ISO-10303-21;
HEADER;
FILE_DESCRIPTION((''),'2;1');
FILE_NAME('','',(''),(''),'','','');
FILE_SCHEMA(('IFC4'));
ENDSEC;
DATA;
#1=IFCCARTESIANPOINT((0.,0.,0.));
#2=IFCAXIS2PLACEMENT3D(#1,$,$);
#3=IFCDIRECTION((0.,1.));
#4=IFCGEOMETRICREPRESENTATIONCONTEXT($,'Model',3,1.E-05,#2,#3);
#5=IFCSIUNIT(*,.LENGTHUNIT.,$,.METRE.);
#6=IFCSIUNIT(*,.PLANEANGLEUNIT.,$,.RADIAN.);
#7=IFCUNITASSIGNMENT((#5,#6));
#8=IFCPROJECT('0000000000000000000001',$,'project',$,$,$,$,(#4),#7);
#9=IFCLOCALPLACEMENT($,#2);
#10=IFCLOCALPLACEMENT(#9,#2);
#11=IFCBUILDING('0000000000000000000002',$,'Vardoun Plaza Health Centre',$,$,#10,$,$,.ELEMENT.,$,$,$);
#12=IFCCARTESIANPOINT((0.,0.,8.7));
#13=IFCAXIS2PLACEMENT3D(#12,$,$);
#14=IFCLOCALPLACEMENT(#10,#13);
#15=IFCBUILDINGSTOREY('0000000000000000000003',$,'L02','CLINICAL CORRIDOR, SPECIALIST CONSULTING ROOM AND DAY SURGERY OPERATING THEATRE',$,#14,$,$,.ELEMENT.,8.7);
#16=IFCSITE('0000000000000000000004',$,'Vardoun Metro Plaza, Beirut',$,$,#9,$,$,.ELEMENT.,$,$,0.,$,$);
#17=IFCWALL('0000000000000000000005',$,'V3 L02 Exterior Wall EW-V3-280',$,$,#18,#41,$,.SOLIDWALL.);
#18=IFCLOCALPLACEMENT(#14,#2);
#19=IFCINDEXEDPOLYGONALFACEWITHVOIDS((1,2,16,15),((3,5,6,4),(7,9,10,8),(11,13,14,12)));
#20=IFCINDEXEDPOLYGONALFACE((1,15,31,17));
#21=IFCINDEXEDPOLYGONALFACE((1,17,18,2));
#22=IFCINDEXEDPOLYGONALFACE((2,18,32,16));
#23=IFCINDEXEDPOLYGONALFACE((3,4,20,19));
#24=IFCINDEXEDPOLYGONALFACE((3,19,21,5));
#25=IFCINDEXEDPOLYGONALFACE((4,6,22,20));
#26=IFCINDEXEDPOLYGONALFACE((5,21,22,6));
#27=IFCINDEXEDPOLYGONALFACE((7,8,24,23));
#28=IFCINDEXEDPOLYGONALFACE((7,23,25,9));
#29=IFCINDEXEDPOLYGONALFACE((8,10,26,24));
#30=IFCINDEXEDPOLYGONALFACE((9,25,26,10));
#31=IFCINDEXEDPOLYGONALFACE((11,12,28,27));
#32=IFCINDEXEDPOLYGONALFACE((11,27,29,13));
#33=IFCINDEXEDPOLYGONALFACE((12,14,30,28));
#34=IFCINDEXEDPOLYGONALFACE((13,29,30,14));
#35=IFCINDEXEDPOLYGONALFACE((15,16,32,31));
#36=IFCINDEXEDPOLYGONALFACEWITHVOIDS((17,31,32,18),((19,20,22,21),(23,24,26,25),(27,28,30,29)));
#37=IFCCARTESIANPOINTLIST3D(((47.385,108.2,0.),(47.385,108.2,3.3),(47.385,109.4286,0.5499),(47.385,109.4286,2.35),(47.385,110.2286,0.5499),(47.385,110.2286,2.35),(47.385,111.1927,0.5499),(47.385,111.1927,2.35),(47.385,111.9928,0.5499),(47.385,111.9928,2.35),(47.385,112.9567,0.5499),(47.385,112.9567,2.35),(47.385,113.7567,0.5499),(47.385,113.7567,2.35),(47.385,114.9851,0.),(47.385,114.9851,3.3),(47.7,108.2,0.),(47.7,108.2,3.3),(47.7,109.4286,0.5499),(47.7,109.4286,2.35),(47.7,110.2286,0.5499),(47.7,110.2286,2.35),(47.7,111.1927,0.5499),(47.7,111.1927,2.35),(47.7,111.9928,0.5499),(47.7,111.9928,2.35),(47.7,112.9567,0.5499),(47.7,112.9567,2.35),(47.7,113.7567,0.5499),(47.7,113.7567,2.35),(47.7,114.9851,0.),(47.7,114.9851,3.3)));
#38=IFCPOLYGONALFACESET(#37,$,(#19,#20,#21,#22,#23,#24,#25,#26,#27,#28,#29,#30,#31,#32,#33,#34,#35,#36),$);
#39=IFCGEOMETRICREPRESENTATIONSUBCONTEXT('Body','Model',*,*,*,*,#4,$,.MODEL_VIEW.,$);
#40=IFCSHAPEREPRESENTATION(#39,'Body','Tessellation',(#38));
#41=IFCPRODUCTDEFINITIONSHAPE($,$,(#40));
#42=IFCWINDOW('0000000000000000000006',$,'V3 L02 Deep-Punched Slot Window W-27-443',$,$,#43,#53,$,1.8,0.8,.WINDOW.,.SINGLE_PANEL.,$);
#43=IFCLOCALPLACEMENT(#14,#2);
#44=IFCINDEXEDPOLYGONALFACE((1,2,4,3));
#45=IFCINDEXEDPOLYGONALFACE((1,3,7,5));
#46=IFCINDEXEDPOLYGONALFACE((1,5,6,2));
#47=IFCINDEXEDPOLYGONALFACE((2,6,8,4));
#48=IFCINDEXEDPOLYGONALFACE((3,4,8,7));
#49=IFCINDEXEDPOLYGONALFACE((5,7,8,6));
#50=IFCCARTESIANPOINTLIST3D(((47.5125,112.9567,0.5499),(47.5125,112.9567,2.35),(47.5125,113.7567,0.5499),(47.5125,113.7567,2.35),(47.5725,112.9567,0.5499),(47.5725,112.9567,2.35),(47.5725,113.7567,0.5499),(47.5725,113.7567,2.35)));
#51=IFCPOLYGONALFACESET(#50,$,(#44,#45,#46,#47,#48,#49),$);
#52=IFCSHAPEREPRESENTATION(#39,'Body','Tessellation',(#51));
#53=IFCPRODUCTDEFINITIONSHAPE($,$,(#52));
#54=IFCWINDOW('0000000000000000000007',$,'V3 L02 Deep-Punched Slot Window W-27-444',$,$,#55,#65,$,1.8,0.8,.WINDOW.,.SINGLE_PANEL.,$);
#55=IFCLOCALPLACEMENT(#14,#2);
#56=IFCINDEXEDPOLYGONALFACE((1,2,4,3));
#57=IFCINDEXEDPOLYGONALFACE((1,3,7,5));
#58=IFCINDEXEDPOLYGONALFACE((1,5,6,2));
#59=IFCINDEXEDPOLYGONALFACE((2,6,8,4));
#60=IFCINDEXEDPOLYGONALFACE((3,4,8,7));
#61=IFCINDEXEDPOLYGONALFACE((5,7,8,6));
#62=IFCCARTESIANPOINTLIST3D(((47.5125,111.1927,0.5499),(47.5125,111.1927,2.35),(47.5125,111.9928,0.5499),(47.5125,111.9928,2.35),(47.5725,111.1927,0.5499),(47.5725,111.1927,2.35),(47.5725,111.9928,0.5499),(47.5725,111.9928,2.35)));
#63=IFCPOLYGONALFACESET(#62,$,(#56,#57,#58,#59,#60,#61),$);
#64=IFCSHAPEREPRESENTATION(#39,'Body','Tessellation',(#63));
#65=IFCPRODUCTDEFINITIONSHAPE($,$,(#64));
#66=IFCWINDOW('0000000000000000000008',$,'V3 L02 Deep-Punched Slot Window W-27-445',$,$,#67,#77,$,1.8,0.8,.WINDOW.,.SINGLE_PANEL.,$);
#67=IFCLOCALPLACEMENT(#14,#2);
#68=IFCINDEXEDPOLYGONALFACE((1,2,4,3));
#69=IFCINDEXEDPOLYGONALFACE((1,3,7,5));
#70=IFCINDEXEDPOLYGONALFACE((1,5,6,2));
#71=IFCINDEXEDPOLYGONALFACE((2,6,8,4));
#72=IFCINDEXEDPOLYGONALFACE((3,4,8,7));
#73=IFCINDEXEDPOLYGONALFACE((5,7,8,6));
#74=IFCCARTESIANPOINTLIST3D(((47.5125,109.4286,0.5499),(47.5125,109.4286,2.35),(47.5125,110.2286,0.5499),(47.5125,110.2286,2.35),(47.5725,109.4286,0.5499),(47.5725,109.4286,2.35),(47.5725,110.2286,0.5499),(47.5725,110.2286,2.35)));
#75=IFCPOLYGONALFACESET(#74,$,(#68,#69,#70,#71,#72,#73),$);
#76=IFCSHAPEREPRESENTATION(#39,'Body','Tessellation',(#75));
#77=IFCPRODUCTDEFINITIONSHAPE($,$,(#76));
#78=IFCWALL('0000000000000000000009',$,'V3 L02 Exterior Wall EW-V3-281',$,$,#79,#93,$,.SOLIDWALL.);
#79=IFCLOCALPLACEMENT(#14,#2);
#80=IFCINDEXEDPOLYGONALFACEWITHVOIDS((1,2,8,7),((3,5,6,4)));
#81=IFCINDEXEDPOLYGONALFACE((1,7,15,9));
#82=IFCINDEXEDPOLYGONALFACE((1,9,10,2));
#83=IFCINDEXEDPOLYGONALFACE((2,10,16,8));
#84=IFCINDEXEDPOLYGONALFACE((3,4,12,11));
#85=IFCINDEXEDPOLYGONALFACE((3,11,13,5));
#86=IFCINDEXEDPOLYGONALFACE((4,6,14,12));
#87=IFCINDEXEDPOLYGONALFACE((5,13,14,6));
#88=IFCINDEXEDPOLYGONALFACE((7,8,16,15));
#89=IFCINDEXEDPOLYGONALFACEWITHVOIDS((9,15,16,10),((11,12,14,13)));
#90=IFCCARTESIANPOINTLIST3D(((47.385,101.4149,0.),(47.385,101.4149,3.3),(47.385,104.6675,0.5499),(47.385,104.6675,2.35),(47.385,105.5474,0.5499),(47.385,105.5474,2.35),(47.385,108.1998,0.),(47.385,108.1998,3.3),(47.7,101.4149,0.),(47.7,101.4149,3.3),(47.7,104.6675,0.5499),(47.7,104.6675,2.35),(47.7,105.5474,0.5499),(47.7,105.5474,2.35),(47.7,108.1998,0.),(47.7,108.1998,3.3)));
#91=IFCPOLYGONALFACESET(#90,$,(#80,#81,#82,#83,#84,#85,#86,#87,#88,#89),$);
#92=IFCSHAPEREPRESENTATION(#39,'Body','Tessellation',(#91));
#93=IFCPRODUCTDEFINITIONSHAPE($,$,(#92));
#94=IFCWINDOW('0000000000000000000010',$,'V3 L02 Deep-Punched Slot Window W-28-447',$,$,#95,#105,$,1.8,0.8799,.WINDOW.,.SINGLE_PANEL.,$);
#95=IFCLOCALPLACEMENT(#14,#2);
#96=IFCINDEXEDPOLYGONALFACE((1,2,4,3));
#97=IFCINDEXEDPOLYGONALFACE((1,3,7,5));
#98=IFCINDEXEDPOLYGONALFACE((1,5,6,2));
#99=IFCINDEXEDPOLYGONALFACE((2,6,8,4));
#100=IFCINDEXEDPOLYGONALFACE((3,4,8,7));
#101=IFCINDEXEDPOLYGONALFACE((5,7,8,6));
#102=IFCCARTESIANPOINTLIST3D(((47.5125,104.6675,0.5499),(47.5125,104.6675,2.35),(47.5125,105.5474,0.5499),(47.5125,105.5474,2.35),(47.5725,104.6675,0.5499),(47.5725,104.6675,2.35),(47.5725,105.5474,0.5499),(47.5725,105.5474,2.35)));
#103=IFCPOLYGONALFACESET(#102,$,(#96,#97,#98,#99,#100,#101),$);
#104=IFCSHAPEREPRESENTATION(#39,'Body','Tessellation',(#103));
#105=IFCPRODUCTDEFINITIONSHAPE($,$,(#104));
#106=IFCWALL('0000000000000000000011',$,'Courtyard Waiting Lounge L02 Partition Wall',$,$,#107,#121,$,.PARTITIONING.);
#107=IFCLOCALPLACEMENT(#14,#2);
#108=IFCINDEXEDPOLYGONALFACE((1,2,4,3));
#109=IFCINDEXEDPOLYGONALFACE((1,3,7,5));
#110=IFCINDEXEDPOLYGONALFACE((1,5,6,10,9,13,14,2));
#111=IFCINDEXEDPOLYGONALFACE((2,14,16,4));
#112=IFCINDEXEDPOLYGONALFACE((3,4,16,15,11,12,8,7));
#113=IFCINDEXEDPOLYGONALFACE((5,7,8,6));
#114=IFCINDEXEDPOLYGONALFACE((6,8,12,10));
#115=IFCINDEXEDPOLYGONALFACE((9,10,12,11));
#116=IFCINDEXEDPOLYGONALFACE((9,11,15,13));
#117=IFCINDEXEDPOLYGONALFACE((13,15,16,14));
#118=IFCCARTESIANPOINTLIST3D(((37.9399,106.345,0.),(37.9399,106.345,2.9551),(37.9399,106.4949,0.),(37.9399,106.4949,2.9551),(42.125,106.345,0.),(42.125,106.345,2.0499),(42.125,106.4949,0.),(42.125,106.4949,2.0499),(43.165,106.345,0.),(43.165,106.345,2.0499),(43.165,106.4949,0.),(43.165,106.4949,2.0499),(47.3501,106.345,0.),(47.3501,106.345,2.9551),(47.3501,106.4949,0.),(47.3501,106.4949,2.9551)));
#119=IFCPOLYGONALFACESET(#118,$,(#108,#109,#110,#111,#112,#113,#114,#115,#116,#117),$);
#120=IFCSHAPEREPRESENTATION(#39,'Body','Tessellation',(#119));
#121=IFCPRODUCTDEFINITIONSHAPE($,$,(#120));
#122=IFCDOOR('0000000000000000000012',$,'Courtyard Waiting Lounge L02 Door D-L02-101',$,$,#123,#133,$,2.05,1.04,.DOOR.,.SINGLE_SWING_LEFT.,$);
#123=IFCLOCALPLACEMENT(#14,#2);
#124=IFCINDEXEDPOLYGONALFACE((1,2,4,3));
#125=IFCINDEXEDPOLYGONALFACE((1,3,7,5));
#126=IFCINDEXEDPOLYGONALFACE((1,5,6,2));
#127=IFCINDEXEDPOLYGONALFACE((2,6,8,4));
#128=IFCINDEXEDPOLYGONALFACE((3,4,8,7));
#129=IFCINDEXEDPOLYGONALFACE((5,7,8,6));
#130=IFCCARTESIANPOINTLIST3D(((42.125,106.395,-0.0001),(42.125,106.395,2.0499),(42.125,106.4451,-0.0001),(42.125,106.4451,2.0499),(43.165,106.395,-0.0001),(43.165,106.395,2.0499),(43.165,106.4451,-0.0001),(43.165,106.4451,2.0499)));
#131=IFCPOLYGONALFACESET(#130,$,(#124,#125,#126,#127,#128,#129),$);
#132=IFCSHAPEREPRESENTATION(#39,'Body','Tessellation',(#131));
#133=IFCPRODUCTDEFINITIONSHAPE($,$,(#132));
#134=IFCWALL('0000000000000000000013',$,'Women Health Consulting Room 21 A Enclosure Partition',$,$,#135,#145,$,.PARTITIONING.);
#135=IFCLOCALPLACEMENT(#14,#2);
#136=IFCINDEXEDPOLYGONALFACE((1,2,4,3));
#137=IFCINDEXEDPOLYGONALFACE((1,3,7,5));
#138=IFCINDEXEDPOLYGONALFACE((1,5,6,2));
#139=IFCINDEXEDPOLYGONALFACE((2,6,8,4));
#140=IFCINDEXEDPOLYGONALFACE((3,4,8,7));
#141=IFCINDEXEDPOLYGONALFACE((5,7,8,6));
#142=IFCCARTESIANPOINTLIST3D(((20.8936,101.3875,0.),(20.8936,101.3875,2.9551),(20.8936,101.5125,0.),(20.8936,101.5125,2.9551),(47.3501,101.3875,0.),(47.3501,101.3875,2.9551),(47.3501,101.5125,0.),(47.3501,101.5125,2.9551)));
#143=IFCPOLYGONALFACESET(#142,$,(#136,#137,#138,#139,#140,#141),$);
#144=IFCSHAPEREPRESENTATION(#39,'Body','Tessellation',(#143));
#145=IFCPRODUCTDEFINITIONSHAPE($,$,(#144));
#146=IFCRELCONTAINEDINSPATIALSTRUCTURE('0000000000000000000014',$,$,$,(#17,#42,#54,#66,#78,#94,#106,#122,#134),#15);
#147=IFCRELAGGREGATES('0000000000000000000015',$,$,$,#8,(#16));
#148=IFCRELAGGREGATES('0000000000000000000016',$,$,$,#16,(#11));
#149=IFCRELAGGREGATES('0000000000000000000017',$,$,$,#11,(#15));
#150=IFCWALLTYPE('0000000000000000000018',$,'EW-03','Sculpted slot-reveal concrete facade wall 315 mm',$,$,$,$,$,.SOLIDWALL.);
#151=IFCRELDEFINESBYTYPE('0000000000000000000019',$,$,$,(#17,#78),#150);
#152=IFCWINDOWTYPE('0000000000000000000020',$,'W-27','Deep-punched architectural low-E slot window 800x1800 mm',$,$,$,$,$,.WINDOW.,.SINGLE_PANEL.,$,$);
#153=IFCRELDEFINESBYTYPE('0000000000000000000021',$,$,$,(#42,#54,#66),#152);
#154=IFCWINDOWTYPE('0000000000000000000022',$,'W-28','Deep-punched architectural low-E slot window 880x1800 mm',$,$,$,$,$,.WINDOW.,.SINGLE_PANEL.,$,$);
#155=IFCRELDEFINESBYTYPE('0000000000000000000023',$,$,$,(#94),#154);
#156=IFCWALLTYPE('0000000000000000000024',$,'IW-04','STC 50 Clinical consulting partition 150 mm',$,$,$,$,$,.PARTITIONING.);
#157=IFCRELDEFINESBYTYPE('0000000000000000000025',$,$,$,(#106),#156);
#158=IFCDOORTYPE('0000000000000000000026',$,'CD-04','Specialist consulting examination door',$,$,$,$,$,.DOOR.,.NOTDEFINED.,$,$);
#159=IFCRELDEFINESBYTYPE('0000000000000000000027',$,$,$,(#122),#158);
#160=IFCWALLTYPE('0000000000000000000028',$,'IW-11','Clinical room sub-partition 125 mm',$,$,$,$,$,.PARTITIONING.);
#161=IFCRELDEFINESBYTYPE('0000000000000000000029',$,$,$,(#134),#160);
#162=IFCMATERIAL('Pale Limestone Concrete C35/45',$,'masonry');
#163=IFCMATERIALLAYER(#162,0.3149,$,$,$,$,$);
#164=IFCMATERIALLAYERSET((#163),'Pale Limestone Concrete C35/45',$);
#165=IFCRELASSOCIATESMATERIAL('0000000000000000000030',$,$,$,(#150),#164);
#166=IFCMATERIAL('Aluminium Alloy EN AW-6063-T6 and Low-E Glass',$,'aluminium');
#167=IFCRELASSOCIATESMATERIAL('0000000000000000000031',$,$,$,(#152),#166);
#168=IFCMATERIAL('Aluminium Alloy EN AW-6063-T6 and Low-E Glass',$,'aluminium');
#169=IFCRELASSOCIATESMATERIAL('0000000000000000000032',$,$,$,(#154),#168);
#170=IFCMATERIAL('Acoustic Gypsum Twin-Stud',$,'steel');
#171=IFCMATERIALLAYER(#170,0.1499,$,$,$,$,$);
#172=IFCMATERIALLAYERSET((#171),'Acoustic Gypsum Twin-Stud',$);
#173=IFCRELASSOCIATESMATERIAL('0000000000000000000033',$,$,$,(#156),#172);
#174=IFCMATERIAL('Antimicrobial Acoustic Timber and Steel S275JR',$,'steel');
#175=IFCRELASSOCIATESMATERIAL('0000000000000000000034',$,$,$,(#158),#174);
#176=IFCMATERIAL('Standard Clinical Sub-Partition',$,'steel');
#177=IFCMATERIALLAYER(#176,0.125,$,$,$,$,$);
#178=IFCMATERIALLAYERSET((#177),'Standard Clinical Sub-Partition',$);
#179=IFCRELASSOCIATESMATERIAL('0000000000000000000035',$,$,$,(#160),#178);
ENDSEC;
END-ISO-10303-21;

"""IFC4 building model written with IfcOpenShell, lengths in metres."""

from ifc_helpers import new_model, si_unit, direction, frame, frame_2d, origin, place, context, subcontext, project, spatial, rectangle, extrude, material, layer, layer_set, type_object, element, fill, save


model = new_model("IFC4")

# Units and contexts
model_context = context("Model", 3, precision=1e-05, world=origin(), true_north=direction((0.0, 1.0)))
body_context = subcontext(model_context, "Body", "Model", "MODEL_VIEW")
ifc_project = project(units=[si_unit("LENGTHUNIT", "METRE"), si_unit("PLANEANGLEUNIT", "RADIAN")], contexts=[model_context])

# Site, building, storey
site_placement = place(None, origin())
site = spatial("IfcSite", under=ifc_project, at=site_placement, Name="Vardoun Metro Plaza, Beirut", CompositionType="ELEMENT", RefElevation=0.0)
building_placement = place(site_placement, origin())
building = spatial("IfcBuilding", under=site, at=building_placement, Name="Vardoun Plaza Health Centre", CompositionType="ELEMENT")
storey_placement = place(building_placement, frame((0.0, 0.0, 8.7)))
storey = spatial("IfcBuildingStorey", under=building, at=storey_placement, Name="L02", Description="CLINICAL CORRIDOR, SPECIALIST CONSULTING ROOM AND DAY SURGERY OPERATING THEATRE", CompositionType="ELEMENT", Elevation=8.7)

# Wall, openings, windows
ifc_material_1 = material(Name="Pale Limestone Concrete C35/45", Category="masonry")
ifc_layer_1 = layer(ifc_material_1, 0.3149)
ifc_layer_set_1 = layer_set([ifc_layer_1], Name="Pale Limestone Concrete C35/45")
wall_type_1 = type_object("IfcWallType", Name="EW-03", Description="Sculpted slot-reveal concrete facade wall 315 mm", PredefinedType="SOLIDWALL", material=ifc_layer_set_1)
wall_1_placement = place(storey_placement, frame((47.5425, 114.9851, 0.0), z_axis=(0.0, 0.0, 1.0), x_axis=(0.0, -1.0, 0.0)))
wall_1 = element("IfcWall", 1, at=wall_1_placement, inside=storey, type_object=wall_type_1, Name="V3 L02 Exterior Wall EW-V3-280", PredefinedType="SOLIDWALL", context=body_context, shape_type="SweptSolid", body=[
    extrude(rectangle(XDim=6.7852, YDim=0.3149, at=frame_2d((3.3926, 0.0))), origin(), (0.0, 0.0, 1.0), 3.3),
])
opening_1_placement = place(wall_1_placement, frame((1.2285, 0.0, 0.55)))
opening_1 = element("IfcOpeningElement", 2, at=opening_1_placement, cuts=wall_1, PredefinedType="OPENING", context=body_context, shape_type="SweptSolid", body=[
    extrude(rectangle(XDim=0.8, YDim=1.8, at=frame_2d((0.3999, 0.8999))), frame((0.0, 0.1575, 0.0), z_axis=(0.0, -1.0, 0.0), x_axis=(1.0, 0.0, 0.0)), (0.0, 0.0, 1.0), 0.3149),
])
opening_2_placement = place(wall_1_placement, frame((2.9924, 0.0, 0.55)))
opening_2 = element("IfcOpeningElement", 3, at=opening_2_placement, cuts=wall_1, PredefinedType="OPENING", context=body_context, shape_type="SweptSolid", body=[
    extrude(rectangle(XDim=0.8, YDim=1.8, at=frame_2d((0.3999, 0.8999))), frame((0.0, 0.1575, 0.0), z_axis=(0.0, -1.0, 0.0), x_axis=(1.0, 0.0, 0.0)), (0.0, 0.0, 1.0), 0.3149),
])
opening_3_placement = place(wall_1_placement, frame((4.7566, 0.0, 0.55)))
opening_3 = element("IfcOpeningElement", 4, at=opening_3_placement, cuts=wall_1, PredefinedType="OPENING", context=body_context, shape_type="SweptSolid", body=[
    extrude(rectangle(XDim=0.8, YDim=1.8, at=frame_2d((0.3999, 0.8999))), frame((0.0, 0.1575, 0.0), z_axis=(0.0, -1.0, 0.0), x_axis=(1.0, 0.0, 0.0)), (0.0, 0.0, 1.0), 0.3149),
])
ifc_material_2 = material(Name="Aluminium Alloy EN AW-6063-T6 and Low-E Glass", Category="aluminium")
window_type_1 = type_object("IfcWindowType", Name="W-27", Description="Deep-punched architectural low-E slot window 800x1800 mm", PartitioningType="SINGLE_PANEL", PredefinedType="WINDOW", material=ifc_material_2)
window_1_placement = place(opening_1_placement, origin())
window_1 = element("IfcWindow", 5, at=window_1_placement, inside=storey, type_object=window_type_1, Name="V3 L02 Deep-Punched Slot Window W-27-443", OverallHeight=1.8, OverallWidth=0.8, PartitioningType="SINGLE_PANEL", PredefinedType="WINDOW", context=body_context, shape_type="SweptSolid", body=[
    extrude(rectangle(XDim=0.8, YDim=1.8, at=frame_2d((0.3999, 0.8999))), frame((0.0, 0.03, 0.0), z_axis=(0.0, -1.0, 0.0), x_axis=(1.0, 0.0, 0.0)), (0.0, 0.0, 1.0), 0.0601),
])
fill(opening_1, window_1)
window_2_placement = place(opening_2_placement, origin())
window_2 = element("IfcWindow", 6, at=window_2_placement, inside=storey, type_object=window_type_1, Name="V3 L02 Deep-Punched Slot Window W-27-444", OverallHeight=1.8, OverallWidth=0.8, PartitioningType="SINGLE_PANEL", PredefinedType="WINDOW", context=body_context, shape_type="SweptSolid", body=[
    extrude(rectangle(XDim=0.8, YDim=1.8, at=frame_2d((0.3999, 0.8999))), frame((0.0, 0.03, 0.0), z_axis=(0.0, -1.0, 0.0), x_axis=(1.0, 0.0, 0.0)), (0.0, 0.0, 1.0), 0.0601),
])
fill(opening_2, window_2)
window_3_placement = place(opening_3_placement, origin())
window_3 = element("IfcWindow", 7, at=window_3_placement, inside=storey, type_object=window_type_1, Name="V3 L02 Deep-Punched Slot Window W-27-445", OverallHeight=1.8, OverallWidth=0.8, PartitioningType="SINGLE_PANEL", PredefinedType="WINDOW", context=body_context, shape_type="SweptSolid", body=[
    extrude(rectangle(XDim=0.8, YDim=1.8, at=frame_2d((0.3999, 0.8999))), frame((0.0, 0.03, 0.0), z_axis=(0.0, -1.0, 0.0), x_axis=(1.0, 0.0, 0.0)), (0.0, 0.0, 1.0), 0.0601),
])
fill(opening_3, window_3)

# Wall, opening, window
wall_2_placement = place(storey_placement, frame((47.5425, 108.2, 0.0), z_axis=(0.0, 0.0, 1.0), x_axis=(0.0, -1.0, 0.0)))
wall_2 = element("IfcWall", 8, at=wall_2_placement, inside=storey, type_object=wall_type_1, Name="V3 L02 Exterior Wall EW-V3-281", PredefinedType="SOLIDWALL", context=body_context, shape_type="SweptSolid", body=[
    extrude(rectangle(XDim=6.7849, YDim=0.3149, at=frame_2d((3.3926, 0.0))), origin(), (0.0, 0.0, 1.0), 3.3),
])
opening_4_placement = place(wall_2_placement, frame((2.6526, 0.0, 0.55)))
opening_4 = element("IfcOpeningElement", 9, at=opening_4_placement, cuts=wall_2, PredefinedType="OPENING", context=body_context, shape_type="SweptSolid", body=[
    extrude(rectangle(XDim=0.8799, YDim=1.8, at=frame_2d((0.4399, 0.8999))), frame((0.0, 0.1575, 0.0), z_axis=(0.0, -1.0, 0.0), x_axis=(1.0, 0.0, 0.0)), (0.0, 0.0, 1.0), 0.3149),
])
ifc_material_3 = material(Name="Aluminium Alloy EN AW-6063-T6 and Low-E Glass", Category="aluminium")
window_type_2 = type_object("IfcWindowType", Name="W-28", Description="Deep-punched architectural low-E slot window 880x1800 mm", PartitioningType="SINGLE_PANEL", PredefinedType="WINDOW", material=ifc_material_3)
window_4_placement = place(opening_4_placement, origin())
window_4 = element("IfcWindow", 10, at=window_4_placement, inside=storey, type_object=window_type_2, Name="V3 L02 Deep-Punched Slot Window W-28-447", OverallHeight=1.8, OverallWidth=0.8799, PartitioningType="SINGLE_PANEL", PredefinedType="WINDOW", context=body_context, shape_type="SweptSolid", body=[
    extrude(rectangle(XDim=0.8799, YDim=1.8, at=frame_2d((0.4399, 0.8999))), frame((0.0, 0.03, 0.0), z_axis=(0.0, -1.0, 0.0), x_axis=(1.0, 0.0, 0.0)), (0.0, 0.0, 1.0), 0.0601),
])
fill(opening_4, window_4)

# Wall, opening, door
ifc_material_4 = material(Name="Acoustic Gypsum Twin-Stud", Category="steel")
ifc_layer_2 = layer(ifc_material_4, 0.1499)
ifc_layer_set_2 = layer_set([ifc_layer_2], Name="Acoustic Gypsum Twin-Stud")
wall_type_2 = type_object("IfcWallType", Name="IW-04", Description="STC 50 Clinical consulting partition 150 mm", PredefinedType="PARTITIONING", material=ifc_layer_set_2)
wall_3_placement = place(storey_placement, frame((47.3501, 106.4199, 0.0), z_axis=(0.0, 0.0, 1.0), x_axis=(-1.0, 0.0, 0.0)))
wall_3 = element("IfcWall", 11, at=wall_3_placement, inside=storey, type_object=wall_type_2, Name="Courtyard Waiting Lounge L02 Partition Wall", PredefinedType="PARTITIONING", context=body_context, shape_type="SweptSolid", body=[
    extrude(rectangle(XDim=9.4102, YDim=0.1499, at=frame_2d((4.7051, 0.0))), origin(), (0.0, 0.0, 1.0), 2.9551),
])
opening_5_placement = place(wall_3_placement, frame((4.1851, 0.0, 0.0)))
opening_5 = element("IfcOpeningElement", 12, at=opening_5_placement, cuts=wall_3, PredefinedType="OPENING", context=body_context, shape_type="SweptSolid", body=[
    extrude(rectangle(XDim=1.04, YDim=2.05, at=frame_2d((0.52, 1.0249))), frame((0.0, 0.075, 0.0), z_axis=(0.0, -1.0, 0.0), x_axis=(1.0, 0.0, 0.0)), (0.0, 0.0, 1.0), 0.1499),
])
ifc_material_5 = material(Name="Antimicrobial Acoustic Timber and Steel S275JR", Category="steel")
door_type = type_object("IfcDoorType", Name="CD-04", Description="Specialist consulting examination door", OperationType="NOTDEFINED", PredefinedType="DOOR", material=ifc_material_5)
door_placement = place(opening_5_placement, origin())
door = element("IfcDoor", 13, at=door_placement, inside=storey, type_object=door_type, Name="Courtyard Waiting Lounge L02 Door D-L02-101", OperationType="SINGLE_SWING_LEFT", OverallHeight=2.05, OverallWidth=1.04, PredefinedType="DOOR", context=body_context, shape_type="SweptSolid", body=[
    extrude(rectangle(XDim=1.04, YDim=2.05, at=frame_2d((0.52, 1.0249))), frame((0.0, 0.0249, 0.0), z_axis=(0.0, -1.0, 0.0), x_axis=(1.0, 0.0, 0.0)), (0.0, 0.0, 1.0), 0.05),
])
fill(opening_5, door)

# Wall
ifc_material_6 = material(Name="Standard Clinical Sub-Partition", Category="steel")
ifc_layer_3 = layer(ifc_material_6, 0.125)
ifc_layer_set_3 = layer_set([ifc_layer_3], Name="Standard Clinical Sub-Partition")
wall_type_3 = type_object("IfcWallType", Name="IW-11", Description="Clinical room sub-partition 125 mm", PredefinedType="PARTITIONING", material=ifc_layer_set_3)
wall_4_placement = place(storey_placement, frame((47.3501, 101.45, 0.0), z_axis=(0.0, 0.0, 1.0), x_axis=(-1.0, 0.0, 0.0)))
element("IfcWall", 14, at=wall_4_placement, inside=storey, type_object=wall_type_3, Name="Women Health Consulting Room 21 A Enclosure Partition", PredefinedType="PARTITIONING", context=body_context, shape_type="SweptSolid", body=[
    extrude(rectangle(XDim=26.4565, YDim=0.125, at=frame_2d((13.2283, 0.0))), origin(), (0.0, 0.0, 1.0), 2.9551),
])

save(model, "model.ifc")
